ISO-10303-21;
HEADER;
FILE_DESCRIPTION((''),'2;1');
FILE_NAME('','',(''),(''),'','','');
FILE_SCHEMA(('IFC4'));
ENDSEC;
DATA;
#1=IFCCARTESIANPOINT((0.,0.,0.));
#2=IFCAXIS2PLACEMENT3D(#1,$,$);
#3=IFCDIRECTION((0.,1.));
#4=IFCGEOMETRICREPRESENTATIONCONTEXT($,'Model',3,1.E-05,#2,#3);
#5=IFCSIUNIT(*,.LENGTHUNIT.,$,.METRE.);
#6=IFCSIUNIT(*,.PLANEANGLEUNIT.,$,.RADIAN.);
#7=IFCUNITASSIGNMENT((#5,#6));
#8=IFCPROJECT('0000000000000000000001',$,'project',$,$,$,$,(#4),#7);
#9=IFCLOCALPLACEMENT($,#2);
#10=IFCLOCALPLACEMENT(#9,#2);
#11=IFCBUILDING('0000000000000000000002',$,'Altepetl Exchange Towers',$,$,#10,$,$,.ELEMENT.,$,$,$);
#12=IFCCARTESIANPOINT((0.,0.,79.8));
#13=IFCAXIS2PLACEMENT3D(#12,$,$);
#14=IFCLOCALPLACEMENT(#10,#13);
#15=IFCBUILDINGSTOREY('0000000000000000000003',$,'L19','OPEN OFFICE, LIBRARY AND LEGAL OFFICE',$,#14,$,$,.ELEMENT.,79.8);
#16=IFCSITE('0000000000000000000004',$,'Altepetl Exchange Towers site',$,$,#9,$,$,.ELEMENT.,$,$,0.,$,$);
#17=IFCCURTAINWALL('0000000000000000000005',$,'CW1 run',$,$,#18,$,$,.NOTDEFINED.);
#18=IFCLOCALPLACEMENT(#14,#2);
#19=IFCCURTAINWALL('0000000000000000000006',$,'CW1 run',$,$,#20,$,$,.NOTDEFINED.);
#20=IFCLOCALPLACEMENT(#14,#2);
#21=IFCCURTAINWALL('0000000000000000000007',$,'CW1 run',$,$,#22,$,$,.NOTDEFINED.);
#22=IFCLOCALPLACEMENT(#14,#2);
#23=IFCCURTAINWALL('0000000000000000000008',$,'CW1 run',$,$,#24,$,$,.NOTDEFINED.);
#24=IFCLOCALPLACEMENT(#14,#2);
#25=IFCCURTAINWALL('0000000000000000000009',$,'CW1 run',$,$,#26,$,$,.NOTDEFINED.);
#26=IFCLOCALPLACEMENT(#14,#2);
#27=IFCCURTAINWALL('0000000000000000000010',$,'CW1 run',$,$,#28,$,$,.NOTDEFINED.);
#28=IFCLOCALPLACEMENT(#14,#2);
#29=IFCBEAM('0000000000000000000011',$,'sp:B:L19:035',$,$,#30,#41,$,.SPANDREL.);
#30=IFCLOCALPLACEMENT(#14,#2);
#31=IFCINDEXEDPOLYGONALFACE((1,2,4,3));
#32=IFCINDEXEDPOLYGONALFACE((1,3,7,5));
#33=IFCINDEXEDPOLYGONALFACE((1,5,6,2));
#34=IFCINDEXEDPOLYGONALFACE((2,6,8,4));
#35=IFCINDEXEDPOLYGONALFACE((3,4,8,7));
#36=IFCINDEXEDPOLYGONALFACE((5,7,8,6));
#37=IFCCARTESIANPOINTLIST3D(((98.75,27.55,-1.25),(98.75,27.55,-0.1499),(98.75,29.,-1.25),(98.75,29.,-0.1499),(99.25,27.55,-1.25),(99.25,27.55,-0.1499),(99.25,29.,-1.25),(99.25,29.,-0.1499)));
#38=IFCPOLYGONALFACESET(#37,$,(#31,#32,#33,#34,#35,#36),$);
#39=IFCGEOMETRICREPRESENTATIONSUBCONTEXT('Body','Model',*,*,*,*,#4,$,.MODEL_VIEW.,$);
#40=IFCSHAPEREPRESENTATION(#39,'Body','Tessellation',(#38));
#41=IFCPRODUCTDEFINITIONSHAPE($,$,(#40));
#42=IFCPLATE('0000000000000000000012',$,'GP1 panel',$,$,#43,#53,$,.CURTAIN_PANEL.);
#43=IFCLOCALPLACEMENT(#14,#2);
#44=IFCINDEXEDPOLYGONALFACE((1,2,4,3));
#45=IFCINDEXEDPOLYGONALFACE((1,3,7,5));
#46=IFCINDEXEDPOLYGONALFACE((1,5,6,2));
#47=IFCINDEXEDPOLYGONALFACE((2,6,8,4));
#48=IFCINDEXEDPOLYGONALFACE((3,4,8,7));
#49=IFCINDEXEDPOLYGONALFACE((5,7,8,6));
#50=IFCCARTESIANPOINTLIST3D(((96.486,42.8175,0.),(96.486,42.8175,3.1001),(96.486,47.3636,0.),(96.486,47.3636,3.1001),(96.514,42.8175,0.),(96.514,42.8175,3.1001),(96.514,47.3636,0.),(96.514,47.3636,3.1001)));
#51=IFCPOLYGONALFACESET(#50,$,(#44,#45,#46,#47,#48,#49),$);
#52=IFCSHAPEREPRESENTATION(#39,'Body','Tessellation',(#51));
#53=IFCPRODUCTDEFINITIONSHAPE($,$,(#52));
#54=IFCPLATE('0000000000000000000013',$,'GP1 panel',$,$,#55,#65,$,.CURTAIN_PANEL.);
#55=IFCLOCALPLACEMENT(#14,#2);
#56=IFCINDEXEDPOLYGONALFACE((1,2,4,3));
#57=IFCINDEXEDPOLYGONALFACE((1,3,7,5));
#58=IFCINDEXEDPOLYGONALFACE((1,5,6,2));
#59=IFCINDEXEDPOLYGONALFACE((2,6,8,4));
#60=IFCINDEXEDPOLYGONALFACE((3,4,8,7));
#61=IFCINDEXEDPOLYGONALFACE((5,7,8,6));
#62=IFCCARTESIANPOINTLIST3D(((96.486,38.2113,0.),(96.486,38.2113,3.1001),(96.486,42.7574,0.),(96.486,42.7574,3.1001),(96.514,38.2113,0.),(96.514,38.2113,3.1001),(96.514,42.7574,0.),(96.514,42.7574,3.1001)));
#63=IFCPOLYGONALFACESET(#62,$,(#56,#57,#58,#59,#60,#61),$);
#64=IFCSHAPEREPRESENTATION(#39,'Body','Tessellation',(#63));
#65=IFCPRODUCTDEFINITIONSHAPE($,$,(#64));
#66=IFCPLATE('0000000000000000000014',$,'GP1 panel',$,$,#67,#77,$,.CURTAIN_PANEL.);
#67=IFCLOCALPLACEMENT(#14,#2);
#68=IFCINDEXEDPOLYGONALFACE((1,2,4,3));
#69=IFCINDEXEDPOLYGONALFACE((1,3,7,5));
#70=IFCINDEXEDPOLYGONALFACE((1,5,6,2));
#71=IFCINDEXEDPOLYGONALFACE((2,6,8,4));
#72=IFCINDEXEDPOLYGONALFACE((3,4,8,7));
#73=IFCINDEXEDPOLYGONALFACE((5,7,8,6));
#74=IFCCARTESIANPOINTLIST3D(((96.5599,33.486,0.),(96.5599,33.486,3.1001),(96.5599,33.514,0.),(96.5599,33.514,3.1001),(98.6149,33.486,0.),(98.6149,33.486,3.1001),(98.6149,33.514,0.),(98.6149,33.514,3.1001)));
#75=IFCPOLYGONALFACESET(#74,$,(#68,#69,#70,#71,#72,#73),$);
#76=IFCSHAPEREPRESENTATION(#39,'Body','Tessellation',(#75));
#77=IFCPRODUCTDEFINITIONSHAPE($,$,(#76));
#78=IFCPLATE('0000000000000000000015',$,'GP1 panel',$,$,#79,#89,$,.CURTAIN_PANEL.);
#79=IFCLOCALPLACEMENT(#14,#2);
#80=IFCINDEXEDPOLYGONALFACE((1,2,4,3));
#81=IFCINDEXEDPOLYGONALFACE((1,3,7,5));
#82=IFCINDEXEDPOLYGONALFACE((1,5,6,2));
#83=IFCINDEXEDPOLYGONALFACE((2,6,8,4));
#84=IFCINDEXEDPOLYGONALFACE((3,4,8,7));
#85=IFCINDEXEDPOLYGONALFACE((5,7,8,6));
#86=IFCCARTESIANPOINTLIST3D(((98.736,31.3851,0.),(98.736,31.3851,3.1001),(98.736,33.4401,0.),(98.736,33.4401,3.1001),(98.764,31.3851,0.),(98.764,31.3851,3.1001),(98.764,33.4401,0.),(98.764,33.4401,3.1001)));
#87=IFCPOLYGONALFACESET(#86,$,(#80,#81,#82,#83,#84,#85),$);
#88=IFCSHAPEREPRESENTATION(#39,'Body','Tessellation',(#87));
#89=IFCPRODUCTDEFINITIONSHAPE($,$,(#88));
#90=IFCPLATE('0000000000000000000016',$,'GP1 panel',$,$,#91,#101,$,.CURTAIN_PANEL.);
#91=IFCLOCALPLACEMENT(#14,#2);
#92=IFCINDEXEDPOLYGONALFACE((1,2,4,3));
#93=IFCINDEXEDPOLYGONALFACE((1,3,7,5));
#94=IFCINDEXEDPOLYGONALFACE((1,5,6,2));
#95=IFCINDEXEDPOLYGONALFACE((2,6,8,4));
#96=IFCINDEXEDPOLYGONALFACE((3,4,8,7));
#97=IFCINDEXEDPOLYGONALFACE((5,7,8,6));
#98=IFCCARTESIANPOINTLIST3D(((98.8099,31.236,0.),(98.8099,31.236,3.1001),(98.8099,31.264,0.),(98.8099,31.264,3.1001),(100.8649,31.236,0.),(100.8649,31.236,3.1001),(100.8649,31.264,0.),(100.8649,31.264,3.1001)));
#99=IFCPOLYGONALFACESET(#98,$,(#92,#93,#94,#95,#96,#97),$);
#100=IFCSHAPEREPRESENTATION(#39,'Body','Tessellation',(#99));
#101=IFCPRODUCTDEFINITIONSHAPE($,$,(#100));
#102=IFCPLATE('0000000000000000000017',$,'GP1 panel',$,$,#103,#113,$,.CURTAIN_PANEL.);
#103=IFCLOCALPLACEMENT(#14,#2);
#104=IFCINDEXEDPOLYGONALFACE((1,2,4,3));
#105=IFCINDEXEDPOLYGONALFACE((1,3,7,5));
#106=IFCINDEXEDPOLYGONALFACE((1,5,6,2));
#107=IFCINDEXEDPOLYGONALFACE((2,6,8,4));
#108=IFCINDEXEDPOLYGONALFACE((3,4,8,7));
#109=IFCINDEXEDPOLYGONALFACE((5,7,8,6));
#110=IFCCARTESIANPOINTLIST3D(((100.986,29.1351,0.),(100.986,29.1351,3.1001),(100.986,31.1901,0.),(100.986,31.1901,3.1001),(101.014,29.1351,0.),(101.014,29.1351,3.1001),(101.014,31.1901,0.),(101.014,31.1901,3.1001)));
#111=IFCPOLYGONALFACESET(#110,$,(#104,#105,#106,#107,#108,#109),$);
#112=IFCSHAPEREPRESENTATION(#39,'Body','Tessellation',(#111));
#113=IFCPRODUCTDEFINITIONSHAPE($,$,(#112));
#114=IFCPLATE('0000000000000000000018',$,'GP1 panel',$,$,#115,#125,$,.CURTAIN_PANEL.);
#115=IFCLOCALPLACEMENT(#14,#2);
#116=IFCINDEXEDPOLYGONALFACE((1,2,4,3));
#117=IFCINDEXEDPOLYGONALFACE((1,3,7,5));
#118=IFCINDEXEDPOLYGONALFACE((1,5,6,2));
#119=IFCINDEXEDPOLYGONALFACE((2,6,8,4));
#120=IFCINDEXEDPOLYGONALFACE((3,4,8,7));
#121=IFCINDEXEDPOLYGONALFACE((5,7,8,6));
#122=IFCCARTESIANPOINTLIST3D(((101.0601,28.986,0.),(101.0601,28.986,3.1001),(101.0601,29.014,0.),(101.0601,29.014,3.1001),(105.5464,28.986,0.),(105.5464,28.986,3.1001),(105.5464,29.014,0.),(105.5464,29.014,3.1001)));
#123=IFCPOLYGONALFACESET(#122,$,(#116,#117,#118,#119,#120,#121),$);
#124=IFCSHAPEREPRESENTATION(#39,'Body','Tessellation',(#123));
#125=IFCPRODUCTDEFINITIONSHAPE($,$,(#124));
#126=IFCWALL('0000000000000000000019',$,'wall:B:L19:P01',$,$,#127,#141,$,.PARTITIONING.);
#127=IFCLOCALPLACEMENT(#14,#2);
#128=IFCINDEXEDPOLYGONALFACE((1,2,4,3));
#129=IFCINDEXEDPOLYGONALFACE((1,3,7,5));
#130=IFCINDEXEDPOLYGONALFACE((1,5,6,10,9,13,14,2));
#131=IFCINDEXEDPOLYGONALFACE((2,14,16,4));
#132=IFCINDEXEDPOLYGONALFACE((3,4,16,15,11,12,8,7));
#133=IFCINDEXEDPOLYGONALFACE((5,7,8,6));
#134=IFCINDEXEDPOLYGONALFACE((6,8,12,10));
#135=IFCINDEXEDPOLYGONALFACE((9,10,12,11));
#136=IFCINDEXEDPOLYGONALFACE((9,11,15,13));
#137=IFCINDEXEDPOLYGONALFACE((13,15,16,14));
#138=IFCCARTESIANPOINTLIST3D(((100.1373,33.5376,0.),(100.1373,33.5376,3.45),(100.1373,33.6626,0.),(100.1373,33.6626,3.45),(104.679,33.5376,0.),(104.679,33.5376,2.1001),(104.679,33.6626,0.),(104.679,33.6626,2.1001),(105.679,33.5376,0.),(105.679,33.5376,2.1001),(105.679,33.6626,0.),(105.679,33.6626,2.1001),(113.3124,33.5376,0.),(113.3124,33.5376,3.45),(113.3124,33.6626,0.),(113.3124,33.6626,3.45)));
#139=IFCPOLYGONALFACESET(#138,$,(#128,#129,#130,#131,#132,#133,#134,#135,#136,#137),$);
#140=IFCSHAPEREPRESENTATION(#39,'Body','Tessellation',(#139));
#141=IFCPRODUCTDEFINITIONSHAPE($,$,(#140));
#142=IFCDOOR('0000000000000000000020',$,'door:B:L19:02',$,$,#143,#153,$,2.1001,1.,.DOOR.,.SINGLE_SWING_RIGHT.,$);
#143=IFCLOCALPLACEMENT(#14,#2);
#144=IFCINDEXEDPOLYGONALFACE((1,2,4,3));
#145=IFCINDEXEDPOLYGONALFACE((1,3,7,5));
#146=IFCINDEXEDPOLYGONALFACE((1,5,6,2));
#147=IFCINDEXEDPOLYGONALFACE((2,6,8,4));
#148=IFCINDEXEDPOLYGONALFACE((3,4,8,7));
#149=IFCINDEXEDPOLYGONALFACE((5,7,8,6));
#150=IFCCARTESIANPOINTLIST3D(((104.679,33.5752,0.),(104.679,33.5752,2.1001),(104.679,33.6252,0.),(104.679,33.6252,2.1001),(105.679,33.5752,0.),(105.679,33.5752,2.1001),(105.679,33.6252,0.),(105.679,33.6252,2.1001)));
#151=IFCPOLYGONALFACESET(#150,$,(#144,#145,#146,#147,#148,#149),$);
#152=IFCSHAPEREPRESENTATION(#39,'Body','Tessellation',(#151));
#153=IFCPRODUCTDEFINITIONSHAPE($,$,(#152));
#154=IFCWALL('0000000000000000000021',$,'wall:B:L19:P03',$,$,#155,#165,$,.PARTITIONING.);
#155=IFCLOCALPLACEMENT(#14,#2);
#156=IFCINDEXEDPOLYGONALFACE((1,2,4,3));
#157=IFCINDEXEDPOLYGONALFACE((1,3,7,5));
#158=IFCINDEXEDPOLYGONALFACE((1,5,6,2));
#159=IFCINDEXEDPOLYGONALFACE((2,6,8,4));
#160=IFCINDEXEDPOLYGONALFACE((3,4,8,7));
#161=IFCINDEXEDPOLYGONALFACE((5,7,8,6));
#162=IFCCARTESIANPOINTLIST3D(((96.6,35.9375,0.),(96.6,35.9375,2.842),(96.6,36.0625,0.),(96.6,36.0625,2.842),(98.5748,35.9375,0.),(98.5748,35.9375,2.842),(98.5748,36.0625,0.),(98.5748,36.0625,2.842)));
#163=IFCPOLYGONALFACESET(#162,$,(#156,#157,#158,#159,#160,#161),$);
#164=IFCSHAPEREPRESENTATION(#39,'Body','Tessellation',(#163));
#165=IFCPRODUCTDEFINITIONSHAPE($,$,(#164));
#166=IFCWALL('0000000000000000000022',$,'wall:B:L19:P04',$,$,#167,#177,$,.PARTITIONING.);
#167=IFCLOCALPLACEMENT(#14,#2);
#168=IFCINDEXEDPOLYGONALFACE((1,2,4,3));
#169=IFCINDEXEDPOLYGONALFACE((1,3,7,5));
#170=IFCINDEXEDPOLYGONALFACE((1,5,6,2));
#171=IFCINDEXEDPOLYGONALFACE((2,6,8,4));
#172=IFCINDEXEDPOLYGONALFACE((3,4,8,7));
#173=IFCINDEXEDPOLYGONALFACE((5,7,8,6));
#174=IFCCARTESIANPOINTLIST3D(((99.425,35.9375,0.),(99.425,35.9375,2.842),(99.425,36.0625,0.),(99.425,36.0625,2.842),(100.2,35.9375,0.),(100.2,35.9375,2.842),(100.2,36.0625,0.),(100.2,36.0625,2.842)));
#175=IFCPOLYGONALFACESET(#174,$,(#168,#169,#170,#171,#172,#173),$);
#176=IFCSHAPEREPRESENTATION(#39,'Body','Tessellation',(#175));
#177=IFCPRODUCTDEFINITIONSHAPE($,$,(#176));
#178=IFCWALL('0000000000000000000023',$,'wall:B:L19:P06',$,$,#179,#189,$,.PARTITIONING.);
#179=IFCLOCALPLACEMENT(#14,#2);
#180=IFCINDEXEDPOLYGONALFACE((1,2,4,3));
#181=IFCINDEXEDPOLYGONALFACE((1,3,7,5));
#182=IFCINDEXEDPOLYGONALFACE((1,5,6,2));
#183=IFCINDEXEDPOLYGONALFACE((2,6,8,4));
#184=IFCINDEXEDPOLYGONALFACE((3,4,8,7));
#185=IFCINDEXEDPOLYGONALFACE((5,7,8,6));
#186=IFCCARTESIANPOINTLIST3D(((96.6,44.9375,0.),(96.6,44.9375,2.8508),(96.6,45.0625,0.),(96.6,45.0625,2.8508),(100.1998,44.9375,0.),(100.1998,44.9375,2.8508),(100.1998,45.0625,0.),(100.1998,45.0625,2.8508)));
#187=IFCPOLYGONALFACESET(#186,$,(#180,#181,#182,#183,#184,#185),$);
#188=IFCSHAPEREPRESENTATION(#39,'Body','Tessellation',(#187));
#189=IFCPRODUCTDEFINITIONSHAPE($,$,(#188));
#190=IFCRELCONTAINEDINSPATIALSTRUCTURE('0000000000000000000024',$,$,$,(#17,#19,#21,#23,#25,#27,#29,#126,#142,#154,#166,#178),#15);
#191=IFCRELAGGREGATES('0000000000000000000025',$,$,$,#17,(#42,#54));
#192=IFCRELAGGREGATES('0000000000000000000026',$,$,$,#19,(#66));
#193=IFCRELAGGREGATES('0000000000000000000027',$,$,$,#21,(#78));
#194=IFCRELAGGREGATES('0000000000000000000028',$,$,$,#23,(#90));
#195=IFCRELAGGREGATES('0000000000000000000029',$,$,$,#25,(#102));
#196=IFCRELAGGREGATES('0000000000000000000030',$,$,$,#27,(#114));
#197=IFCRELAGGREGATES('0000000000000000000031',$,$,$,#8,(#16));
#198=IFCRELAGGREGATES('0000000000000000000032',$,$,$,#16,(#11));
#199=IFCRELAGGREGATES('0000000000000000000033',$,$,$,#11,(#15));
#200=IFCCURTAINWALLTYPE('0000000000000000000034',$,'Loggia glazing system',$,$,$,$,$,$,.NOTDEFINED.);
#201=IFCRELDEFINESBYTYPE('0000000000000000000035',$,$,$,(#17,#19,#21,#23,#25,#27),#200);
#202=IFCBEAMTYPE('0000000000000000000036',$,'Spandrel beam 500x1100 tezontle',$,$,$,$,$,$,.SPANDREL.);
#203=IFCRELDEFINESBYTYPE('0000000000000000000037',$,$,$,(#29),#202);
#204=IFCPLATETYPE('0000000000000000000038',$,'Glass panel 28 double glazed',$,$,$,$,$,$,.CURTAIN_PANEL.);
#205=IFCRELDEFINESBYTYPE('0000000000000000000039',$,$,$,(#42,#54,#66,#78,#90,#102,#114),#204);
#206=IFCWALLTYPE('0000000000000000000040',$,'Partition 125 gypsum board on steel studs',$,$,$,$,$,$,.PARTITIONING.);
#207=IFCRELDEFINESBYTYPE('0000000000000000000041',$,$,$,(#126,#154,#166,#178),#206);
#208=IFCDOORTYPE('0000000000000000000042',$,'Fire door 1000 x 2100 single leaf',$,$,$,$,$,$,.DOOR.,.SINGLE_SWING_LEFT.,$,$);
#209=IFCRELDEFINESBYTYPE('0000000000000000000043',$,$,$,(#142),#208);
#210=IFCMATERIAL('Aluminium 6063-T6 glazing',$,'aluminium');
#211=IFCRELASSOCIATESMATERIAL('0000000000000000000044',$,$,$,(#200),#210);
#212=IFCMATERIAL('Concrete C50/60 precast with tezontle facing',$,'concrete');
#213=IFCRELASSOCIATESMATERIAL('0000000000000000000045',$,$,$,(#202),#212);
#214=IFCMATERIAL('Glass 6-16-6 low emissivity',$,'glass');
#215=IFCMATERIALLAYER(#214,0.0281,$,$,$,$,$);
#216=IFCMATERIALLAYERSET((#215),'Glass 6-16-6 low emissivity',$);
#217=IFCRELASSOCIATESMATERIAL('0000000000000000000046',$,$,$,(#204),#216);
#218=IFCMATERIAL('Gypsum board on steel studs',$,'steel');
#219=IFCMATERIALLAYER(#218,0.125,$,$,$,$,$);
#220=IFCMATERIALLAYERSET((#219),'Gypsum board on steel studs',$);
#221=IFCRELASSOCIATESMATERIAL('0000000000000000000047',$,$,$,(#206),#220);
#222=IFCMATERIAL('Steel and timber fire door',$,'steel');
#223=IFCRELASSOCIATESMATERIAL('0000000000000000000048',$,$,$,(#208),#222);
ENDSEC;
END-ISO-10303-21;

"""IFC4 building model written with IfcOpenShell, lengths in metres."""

from ifc_helpers import new_model, si_unit, direction, frame, frame_2d, origin, origin_2d, place, context, subcontext, project, spatial, rectangle, extrude, material, layer, layer_set, material_profile, profile_set, type_object, element, fill, aggregate, save


model = new_model("IFC4")

# Units and contexts
model_context = context("Model", 3, precision=1e-05, world=origin(), true_north=direction((0.0, 1.0)))
body_context = subcontext(model_context, "Body", "Model", "MODEL_VIEW")
ifc_project = project(units=[si_unit("LENGTHUNIT", "METRE"), si_unit("PLANEANGLEUNIT", "RADIAN")], contexts=[model_context])

# Site, building, storey
site_placement = place(None, origin())
site = spatial("IfcSite", under=ifc_project, at=site_placement, Name="Altepetl Exchange Towers site", CompositionType="ELEMENT", RefElevation=0.0)
building_placement = place(site_placement, origin())
building = spatial("IfcBuilding", under=site, at=building_placement, Name="Altepetl Exchange Towers", CompositionType="ELEMENT")
storey_placement = place(building_placement, frame((0.0, 0.0, 79.8)))
storey = spatial("IfcBuildingStorey", under=building, at=storey_placement, Name="L19", Description="OPEN OFFICE, LIBRARY AND LEGAL OFFICE", CompositionType="ELEMENT", Elevation=79.8)

# Curtain walls
ifc_material_1 = material(Name="Aluminium 6063-T6 glazing", Category="aluminium")
curtain_wall_type = type_object("IfcCurtainWallType", Name="Loggia glazing system", PredefinedType="NOTDEFINED", material=ifc_material_1)
curtain_wall_1_placement = place(storey_placement, origin())
curtain_wall_1 = element("IfcCurtainWall", 1, at=curtain_wall_1_placement, inside=storey, type_object=curtain_wall_type, Name="CW1 run", PredefinedType="NOTDEFINED")
curtain_wall_2_placement = place(storey_placement, origin())
curtain_wall_2 = element("IfcCurtainWall", 2, at=curtain_wall_2_placement, inside=storey, type_object=curtain_wall_type, Name="CW1 run", PredefinedType="NOTDEFINED")
curtain_wall_3_placement = place(storey_placement, origin())
curtain_wall_3 = element("IfcCurtainWall", 3, at=curtain_wall_3_placement, inside=storey, type_object=curtain_wall_type, Name="CW1 run", PredefinedType="NOTDEFINED")
curtain_wall_4_placement = place(storey_placement, origin())
curtain_wall_4 = element("IfcCurtainWall", 4, at=curtain_wall_4_placement, inside=storey, type_object=curtain_wall_type, Name="CW1 run", PredefinedType="NOTDEFINED")
curtain_wall_5_placement = place(storey_placement, origin())
curtain_wall_5 = element("IfcCurtainWall", 5, at=curtain_wall_5_placement, inside=storey, type_object=curtain_wall_type, Name="CW1 run", PredefinedType="NOTDEFINED")

# Curtain wall
curtain_wall_6_placement = place(storey_placement, origin())
curtain_wall_6 = element("IfcCurtainWall", 6, at=curtain_wall_6_placement, inside=storey, type_object=curtain_wall_type, Name="CW1 run", PredefinedType="NOTDEFINED")

# Beam
ifc_material_2 = material(Name="Concrete C50/60 precast with tezontle facing", Category="concrete")
ifc_material_profile_1 = material_profile(ifc_material_2, rectangle(XDim=0.5, YDim=1.1001, at=origin_2d()), Name="500 x 1100")
ifc_profile_set_1 = profile_set([ifc_material_profile_1], Name="Concrete C50/60 precast with tezontle facing")
beam_type_1 = type_object("IfcBeamType", Name="Spandrel beam 500x1100 tezontle", PredefinedType="SPANDREL", material=ifc_profile_set_1)
beam_1_placement = place(storey_placement, frame((99.0, 29.0, -0.7), z_axis=(0.0, -1.0, 0.0), x_axis=(1.0, 0.0, 0.0)))
element("IfcBeam", 7, at=beam_1_placement, inside=storey, type_object=beam_type_1, Name="sp:B:L19:035", PredefinedType="SPANDREL", context=body_context, shape_type="SweptSolid", body=[
    extrude(rectangle(XDim=0.5, YDim=1.1001, at=origin_2d()), origin(), (0.0, 0.0, 1.0), 1.45),
])

# Plates
ifc_material_3 = material(Name="Glass 6-16-6 low emissivity", Category="glass")
ifc_layer_1 = layer(ifc_material_3, 0.0281)
ifc_layer_set_1 = layer_set([ifc_layer_1], Name="Glass 6-16-6 low emissivity")
plate_type = type_object("IfcPlateType", Name="Glass panel 28 double glazed", PredefinedType="CURTAIN_PANEL", material=ifc_layer_set_1)
plate_1_placement = place(storey_placement, frame((96.5, 45.0906, 0.0), z_axis=(0.0, 0.0, 1.0), x_axis=(0.0, -1.0, 0.0)))
plate_1 = element("IfcPlate", 8, at=plate_1_placement, type_object=plate_type, Name="GP1 panel", PredefinedType="CURTAIN_PANEL", context=body_context, shape_type="SweptSolid", body=[
    extrude(rectangle(XDim=4.5461, YDim=0.0281, at=origin_2d()), origin(), (0.0, 0.0, 1.0), 3.1001),
])
plate_2_placement = place(storey_placement, frame((96.5, 40.4844, 0.0), z_axis=(0.0, 0.0, 1.0), x_axis=(0.0, -1.0, 0.0)))
plate_2 = element("IfcPlate", 9, at=plate_2_placement, type_object=plate_type, Name="GP1 panel", PredefinedType="CURTAIN_PANEL", context=body_context, shape_type="SweptSolid", body=[
    extrude(rectangle(XDim=4.5461, YDim=0.0281, at=origin_2d()), origin(), (0.0, 0.0, 1.0), 3.1001),
])
aggregate(curtain_wall_1, [plate_1, plate_2])
plate_3_placement = place(storey_placement, frame((97.5874, 33.5, 0.0)))
plate_3 = element("IfcPlate", 10, at=plate_3_placement, type_object=plate_type, Name="GP1 panel", PredefinedType="CURTAIN_PANEL", context=body_context, shape_type="SweptSolid", body=[
    extrude(rectangle(XDim=2.0549, YDim=0.0281, at=origin_2d()), origin(), (0.0, 0.0, 1.0), 3.1001),
])
aggregate(curtain_wall_2, [plate_3])
plate_4_placement = place(storey_placement, frame((98.75, 32.4126, 0.0), z_axis=(0.0, 0.0, 1.0), x_axis=(0.0, -1.0, 0.0)))
plate_4 = element("IfcPlate", 11, at=plate_4_placement, type_object=plate_type, Name="GP1 panel", PredefinedType="CURTAIN_PANEL", context=body_context, shape_type="SweptSolid", body=[
    extrude(rectangle(XDim=2.0549, YDim=0.0281, at=origin_2d()), origin(), (0.0, 0.0, 1.0), 3.1001),
])
aggregate(curtain_wall_3, [plate_4])
plate_5_placement = place(storey_placement, frame((99.8374, 31.25, 0.0)))
plate_5 = element("IfcPlate", 12, at=plate_5_placement, type_object=plate_type, Name="GP1 panel", PredefinedType="CURTAIN_PANEL", context=body_context, shape_type="SweptSolid", body=[
    extrude(rectangle(XDim=2.0549, YDim=0.0281, at=origin_2d()), origin(), (0.0, 0.0, 1.0), 3.1001),
])
aggregate(curtain_wall_4, [plate_5])
plate_6_placement = place(storey_placement, frame((101.0, 30.1626, 0.0), z_axis=(0.0, 0.0, 1.0), x_axis=(0.0, -1.0, 0.0)))
plate_6 = element("IfcPlate", 13, at=plate_6_placement, type_object=plate_type, Name="GP1 panel", PredefinedType="CURTAIN_PANEL", context=body_context, shape_type="SweptSolid", body=[
    extrude(rectangle(XDim=2.0549, YDim=0.0281, at=origin_2d()), origin(), (0.0, 0.0, 1.0), 3.1001),
])
aggregate(curtain_wall_5, [plate_6])
plate_7_placement = place(storey_placement, frame((103.3032, 29.0, 0.0)))
plate_7 = element("IfcPlate", 14, at=plate_7_placement, type_object=plate_type, Name="GP1 panel", PredefinedType="CURTAIN_PANEL", context=body_context, shape_type="SweptSolid", body=[
    extrude(rectangle(XDim=4.4863, YDim=0.0281, at=origin_2d()), origin(), (0.0, 0.0, 1.0), 3.1001),
])
aggregate(curtain_wall_6, [plate_7])

# Wall, opening, door
ifc_material_4 = material(Name="Gypsum board on steel studs", Category="steel")
ifc_layer_2 = layer(ifc_material_4, 0.125)
ifc_layer_set_2 = layer_set([ifc_layer_2], Name="Gypsum board on steel studs")
wall_type = type_object("IfcWallType", Name="Partition 125 gypsum board on steel studs", PredefinedType="PARTITIONING", material=ifc_layer_set_2)
wall_1_placement = place(storey_placement, frame((100.1375, 33.6001, 0.0)))
wall_1 = element("IfcWall", 15, at=wall_1_placement, inside=storey, type_object=wall_type, Name="wall:B:L19:P01", PredefinedType="PARTITIONING", context=body_context, shape_type="SweptSolid", body=[
    extrude(rectangle(XDim=13.175, YDim=0.125, at=frame_2d((6.5874, 0.0))), origin(), (0.0, 0.0, 1.0), 3.45),
])
opening_1_placement = place(wall_1_placement, frame((4.5415, 0.0, 0.0)))
opening_1 = element("IfcOpeningElement", 16, at=opening_1_placement, cuts=wall_1, PredefinedType="OPENING", context=body_context, shape_type="SweptSolid", body=[
    extrude(rectangle(XDim=1.0, YDim=2.1001, at=frame_2d((0.5, 1.05))), frame((0.0, 0.0725, 0.0), z_axis=(0.0, -1.0, 0.0), x_axis=(1.0, 0.0, 0.0)), (0.0, 0.0, 1.0), 0.145),
])
ifc_material_5 = material(Name="Steel and timber fire door", Category="steel")
door_type = type_object("IfcDoorType", Name="Fire door 1000 x 2100 single leaf", OperationType="SINGLE_SWING_LEFT", PredefinedType="DOOR", material=ifc_material_5)
door_1_placement = place(opening_1_placement, frame((1.0, 0.0, 0.0), x_axis=(-1.0, 0.0, 0.0)))
door_1 = element("IfcDoor", 17, at=door_1_placement, inside=storey, type_object=door_type, Name="door:B:L19:02", OperationType="SINGLE_SWING_RIGHT", OverallHeight=2.1001, OverallWidth=1.0, PredefinedType="DOOR", context=body_context, shape_type="SweptSolid", body=[
    extrude(rectangle(XDim=1.0, YDim=2.1001, at=frame_2d((0.5, 1.05))), frame((0.0, 0.0249, 0.0), z_axis=(0.0, -1.0, 0.0), x_axis=(1.0, 0.0, 0.0)), (0.0, 0.0, 1.0), 0.05),
])
fill(opening_1, door_1)

# Walls
wall_2_placement = place(storey_placement, frame((96.6001, 36.0, 0.0)))
element("IfcWall", 18, at=wall_2_placement, inside=storey, type_object=wall_type, Name="wall:B:L19:P03", PredefinedType="PARTITIONING", context=body_context, shape_type="SweptSolid", body=[
    extrude(rectangle(XDim=1.9749, YDim=0.125, at=frame_2d((0.9873, 0.0))), origin(), (0.0, 0.0, 1.0), 2.842),
])
wall_3_placement = place(storey_placement, frame((99.425, 36.0, 0.0)))
element("IfcWall", 19, at=wall_3_placement, inside=storey, type_object=wall_type, Name="wall:B:L19:P04", PredefinedType="PARTITIONING", context=body_context, shape_type="SweptSolid", body=[
    extrude(rectangle(XDim=0.7749, YDim=0.125, at=frame_2d((0.3875, 0.0))), origin(), (0.0, 0.0, 1.0), 2.842),
])
wall_4_placement = place(storey_placement, frame((96.6001, 45.0, 0.0)))
element("IfcWall", 20, at=wall_4_placement, inside=storey, type_object=wall_type, Name="wall:B:L19:P06", PredefinedType="PARTITIONING", context=body_context, shape_type="SweptSolid", body=[
    extrude(rectangle(XDim=3.5999, YDim=0.125, at=frame_2d((1.7998, 0.0))), origin(), (0.0, 0.0, 1.0), 2.8508),
])

save(model, "model.ifc")
